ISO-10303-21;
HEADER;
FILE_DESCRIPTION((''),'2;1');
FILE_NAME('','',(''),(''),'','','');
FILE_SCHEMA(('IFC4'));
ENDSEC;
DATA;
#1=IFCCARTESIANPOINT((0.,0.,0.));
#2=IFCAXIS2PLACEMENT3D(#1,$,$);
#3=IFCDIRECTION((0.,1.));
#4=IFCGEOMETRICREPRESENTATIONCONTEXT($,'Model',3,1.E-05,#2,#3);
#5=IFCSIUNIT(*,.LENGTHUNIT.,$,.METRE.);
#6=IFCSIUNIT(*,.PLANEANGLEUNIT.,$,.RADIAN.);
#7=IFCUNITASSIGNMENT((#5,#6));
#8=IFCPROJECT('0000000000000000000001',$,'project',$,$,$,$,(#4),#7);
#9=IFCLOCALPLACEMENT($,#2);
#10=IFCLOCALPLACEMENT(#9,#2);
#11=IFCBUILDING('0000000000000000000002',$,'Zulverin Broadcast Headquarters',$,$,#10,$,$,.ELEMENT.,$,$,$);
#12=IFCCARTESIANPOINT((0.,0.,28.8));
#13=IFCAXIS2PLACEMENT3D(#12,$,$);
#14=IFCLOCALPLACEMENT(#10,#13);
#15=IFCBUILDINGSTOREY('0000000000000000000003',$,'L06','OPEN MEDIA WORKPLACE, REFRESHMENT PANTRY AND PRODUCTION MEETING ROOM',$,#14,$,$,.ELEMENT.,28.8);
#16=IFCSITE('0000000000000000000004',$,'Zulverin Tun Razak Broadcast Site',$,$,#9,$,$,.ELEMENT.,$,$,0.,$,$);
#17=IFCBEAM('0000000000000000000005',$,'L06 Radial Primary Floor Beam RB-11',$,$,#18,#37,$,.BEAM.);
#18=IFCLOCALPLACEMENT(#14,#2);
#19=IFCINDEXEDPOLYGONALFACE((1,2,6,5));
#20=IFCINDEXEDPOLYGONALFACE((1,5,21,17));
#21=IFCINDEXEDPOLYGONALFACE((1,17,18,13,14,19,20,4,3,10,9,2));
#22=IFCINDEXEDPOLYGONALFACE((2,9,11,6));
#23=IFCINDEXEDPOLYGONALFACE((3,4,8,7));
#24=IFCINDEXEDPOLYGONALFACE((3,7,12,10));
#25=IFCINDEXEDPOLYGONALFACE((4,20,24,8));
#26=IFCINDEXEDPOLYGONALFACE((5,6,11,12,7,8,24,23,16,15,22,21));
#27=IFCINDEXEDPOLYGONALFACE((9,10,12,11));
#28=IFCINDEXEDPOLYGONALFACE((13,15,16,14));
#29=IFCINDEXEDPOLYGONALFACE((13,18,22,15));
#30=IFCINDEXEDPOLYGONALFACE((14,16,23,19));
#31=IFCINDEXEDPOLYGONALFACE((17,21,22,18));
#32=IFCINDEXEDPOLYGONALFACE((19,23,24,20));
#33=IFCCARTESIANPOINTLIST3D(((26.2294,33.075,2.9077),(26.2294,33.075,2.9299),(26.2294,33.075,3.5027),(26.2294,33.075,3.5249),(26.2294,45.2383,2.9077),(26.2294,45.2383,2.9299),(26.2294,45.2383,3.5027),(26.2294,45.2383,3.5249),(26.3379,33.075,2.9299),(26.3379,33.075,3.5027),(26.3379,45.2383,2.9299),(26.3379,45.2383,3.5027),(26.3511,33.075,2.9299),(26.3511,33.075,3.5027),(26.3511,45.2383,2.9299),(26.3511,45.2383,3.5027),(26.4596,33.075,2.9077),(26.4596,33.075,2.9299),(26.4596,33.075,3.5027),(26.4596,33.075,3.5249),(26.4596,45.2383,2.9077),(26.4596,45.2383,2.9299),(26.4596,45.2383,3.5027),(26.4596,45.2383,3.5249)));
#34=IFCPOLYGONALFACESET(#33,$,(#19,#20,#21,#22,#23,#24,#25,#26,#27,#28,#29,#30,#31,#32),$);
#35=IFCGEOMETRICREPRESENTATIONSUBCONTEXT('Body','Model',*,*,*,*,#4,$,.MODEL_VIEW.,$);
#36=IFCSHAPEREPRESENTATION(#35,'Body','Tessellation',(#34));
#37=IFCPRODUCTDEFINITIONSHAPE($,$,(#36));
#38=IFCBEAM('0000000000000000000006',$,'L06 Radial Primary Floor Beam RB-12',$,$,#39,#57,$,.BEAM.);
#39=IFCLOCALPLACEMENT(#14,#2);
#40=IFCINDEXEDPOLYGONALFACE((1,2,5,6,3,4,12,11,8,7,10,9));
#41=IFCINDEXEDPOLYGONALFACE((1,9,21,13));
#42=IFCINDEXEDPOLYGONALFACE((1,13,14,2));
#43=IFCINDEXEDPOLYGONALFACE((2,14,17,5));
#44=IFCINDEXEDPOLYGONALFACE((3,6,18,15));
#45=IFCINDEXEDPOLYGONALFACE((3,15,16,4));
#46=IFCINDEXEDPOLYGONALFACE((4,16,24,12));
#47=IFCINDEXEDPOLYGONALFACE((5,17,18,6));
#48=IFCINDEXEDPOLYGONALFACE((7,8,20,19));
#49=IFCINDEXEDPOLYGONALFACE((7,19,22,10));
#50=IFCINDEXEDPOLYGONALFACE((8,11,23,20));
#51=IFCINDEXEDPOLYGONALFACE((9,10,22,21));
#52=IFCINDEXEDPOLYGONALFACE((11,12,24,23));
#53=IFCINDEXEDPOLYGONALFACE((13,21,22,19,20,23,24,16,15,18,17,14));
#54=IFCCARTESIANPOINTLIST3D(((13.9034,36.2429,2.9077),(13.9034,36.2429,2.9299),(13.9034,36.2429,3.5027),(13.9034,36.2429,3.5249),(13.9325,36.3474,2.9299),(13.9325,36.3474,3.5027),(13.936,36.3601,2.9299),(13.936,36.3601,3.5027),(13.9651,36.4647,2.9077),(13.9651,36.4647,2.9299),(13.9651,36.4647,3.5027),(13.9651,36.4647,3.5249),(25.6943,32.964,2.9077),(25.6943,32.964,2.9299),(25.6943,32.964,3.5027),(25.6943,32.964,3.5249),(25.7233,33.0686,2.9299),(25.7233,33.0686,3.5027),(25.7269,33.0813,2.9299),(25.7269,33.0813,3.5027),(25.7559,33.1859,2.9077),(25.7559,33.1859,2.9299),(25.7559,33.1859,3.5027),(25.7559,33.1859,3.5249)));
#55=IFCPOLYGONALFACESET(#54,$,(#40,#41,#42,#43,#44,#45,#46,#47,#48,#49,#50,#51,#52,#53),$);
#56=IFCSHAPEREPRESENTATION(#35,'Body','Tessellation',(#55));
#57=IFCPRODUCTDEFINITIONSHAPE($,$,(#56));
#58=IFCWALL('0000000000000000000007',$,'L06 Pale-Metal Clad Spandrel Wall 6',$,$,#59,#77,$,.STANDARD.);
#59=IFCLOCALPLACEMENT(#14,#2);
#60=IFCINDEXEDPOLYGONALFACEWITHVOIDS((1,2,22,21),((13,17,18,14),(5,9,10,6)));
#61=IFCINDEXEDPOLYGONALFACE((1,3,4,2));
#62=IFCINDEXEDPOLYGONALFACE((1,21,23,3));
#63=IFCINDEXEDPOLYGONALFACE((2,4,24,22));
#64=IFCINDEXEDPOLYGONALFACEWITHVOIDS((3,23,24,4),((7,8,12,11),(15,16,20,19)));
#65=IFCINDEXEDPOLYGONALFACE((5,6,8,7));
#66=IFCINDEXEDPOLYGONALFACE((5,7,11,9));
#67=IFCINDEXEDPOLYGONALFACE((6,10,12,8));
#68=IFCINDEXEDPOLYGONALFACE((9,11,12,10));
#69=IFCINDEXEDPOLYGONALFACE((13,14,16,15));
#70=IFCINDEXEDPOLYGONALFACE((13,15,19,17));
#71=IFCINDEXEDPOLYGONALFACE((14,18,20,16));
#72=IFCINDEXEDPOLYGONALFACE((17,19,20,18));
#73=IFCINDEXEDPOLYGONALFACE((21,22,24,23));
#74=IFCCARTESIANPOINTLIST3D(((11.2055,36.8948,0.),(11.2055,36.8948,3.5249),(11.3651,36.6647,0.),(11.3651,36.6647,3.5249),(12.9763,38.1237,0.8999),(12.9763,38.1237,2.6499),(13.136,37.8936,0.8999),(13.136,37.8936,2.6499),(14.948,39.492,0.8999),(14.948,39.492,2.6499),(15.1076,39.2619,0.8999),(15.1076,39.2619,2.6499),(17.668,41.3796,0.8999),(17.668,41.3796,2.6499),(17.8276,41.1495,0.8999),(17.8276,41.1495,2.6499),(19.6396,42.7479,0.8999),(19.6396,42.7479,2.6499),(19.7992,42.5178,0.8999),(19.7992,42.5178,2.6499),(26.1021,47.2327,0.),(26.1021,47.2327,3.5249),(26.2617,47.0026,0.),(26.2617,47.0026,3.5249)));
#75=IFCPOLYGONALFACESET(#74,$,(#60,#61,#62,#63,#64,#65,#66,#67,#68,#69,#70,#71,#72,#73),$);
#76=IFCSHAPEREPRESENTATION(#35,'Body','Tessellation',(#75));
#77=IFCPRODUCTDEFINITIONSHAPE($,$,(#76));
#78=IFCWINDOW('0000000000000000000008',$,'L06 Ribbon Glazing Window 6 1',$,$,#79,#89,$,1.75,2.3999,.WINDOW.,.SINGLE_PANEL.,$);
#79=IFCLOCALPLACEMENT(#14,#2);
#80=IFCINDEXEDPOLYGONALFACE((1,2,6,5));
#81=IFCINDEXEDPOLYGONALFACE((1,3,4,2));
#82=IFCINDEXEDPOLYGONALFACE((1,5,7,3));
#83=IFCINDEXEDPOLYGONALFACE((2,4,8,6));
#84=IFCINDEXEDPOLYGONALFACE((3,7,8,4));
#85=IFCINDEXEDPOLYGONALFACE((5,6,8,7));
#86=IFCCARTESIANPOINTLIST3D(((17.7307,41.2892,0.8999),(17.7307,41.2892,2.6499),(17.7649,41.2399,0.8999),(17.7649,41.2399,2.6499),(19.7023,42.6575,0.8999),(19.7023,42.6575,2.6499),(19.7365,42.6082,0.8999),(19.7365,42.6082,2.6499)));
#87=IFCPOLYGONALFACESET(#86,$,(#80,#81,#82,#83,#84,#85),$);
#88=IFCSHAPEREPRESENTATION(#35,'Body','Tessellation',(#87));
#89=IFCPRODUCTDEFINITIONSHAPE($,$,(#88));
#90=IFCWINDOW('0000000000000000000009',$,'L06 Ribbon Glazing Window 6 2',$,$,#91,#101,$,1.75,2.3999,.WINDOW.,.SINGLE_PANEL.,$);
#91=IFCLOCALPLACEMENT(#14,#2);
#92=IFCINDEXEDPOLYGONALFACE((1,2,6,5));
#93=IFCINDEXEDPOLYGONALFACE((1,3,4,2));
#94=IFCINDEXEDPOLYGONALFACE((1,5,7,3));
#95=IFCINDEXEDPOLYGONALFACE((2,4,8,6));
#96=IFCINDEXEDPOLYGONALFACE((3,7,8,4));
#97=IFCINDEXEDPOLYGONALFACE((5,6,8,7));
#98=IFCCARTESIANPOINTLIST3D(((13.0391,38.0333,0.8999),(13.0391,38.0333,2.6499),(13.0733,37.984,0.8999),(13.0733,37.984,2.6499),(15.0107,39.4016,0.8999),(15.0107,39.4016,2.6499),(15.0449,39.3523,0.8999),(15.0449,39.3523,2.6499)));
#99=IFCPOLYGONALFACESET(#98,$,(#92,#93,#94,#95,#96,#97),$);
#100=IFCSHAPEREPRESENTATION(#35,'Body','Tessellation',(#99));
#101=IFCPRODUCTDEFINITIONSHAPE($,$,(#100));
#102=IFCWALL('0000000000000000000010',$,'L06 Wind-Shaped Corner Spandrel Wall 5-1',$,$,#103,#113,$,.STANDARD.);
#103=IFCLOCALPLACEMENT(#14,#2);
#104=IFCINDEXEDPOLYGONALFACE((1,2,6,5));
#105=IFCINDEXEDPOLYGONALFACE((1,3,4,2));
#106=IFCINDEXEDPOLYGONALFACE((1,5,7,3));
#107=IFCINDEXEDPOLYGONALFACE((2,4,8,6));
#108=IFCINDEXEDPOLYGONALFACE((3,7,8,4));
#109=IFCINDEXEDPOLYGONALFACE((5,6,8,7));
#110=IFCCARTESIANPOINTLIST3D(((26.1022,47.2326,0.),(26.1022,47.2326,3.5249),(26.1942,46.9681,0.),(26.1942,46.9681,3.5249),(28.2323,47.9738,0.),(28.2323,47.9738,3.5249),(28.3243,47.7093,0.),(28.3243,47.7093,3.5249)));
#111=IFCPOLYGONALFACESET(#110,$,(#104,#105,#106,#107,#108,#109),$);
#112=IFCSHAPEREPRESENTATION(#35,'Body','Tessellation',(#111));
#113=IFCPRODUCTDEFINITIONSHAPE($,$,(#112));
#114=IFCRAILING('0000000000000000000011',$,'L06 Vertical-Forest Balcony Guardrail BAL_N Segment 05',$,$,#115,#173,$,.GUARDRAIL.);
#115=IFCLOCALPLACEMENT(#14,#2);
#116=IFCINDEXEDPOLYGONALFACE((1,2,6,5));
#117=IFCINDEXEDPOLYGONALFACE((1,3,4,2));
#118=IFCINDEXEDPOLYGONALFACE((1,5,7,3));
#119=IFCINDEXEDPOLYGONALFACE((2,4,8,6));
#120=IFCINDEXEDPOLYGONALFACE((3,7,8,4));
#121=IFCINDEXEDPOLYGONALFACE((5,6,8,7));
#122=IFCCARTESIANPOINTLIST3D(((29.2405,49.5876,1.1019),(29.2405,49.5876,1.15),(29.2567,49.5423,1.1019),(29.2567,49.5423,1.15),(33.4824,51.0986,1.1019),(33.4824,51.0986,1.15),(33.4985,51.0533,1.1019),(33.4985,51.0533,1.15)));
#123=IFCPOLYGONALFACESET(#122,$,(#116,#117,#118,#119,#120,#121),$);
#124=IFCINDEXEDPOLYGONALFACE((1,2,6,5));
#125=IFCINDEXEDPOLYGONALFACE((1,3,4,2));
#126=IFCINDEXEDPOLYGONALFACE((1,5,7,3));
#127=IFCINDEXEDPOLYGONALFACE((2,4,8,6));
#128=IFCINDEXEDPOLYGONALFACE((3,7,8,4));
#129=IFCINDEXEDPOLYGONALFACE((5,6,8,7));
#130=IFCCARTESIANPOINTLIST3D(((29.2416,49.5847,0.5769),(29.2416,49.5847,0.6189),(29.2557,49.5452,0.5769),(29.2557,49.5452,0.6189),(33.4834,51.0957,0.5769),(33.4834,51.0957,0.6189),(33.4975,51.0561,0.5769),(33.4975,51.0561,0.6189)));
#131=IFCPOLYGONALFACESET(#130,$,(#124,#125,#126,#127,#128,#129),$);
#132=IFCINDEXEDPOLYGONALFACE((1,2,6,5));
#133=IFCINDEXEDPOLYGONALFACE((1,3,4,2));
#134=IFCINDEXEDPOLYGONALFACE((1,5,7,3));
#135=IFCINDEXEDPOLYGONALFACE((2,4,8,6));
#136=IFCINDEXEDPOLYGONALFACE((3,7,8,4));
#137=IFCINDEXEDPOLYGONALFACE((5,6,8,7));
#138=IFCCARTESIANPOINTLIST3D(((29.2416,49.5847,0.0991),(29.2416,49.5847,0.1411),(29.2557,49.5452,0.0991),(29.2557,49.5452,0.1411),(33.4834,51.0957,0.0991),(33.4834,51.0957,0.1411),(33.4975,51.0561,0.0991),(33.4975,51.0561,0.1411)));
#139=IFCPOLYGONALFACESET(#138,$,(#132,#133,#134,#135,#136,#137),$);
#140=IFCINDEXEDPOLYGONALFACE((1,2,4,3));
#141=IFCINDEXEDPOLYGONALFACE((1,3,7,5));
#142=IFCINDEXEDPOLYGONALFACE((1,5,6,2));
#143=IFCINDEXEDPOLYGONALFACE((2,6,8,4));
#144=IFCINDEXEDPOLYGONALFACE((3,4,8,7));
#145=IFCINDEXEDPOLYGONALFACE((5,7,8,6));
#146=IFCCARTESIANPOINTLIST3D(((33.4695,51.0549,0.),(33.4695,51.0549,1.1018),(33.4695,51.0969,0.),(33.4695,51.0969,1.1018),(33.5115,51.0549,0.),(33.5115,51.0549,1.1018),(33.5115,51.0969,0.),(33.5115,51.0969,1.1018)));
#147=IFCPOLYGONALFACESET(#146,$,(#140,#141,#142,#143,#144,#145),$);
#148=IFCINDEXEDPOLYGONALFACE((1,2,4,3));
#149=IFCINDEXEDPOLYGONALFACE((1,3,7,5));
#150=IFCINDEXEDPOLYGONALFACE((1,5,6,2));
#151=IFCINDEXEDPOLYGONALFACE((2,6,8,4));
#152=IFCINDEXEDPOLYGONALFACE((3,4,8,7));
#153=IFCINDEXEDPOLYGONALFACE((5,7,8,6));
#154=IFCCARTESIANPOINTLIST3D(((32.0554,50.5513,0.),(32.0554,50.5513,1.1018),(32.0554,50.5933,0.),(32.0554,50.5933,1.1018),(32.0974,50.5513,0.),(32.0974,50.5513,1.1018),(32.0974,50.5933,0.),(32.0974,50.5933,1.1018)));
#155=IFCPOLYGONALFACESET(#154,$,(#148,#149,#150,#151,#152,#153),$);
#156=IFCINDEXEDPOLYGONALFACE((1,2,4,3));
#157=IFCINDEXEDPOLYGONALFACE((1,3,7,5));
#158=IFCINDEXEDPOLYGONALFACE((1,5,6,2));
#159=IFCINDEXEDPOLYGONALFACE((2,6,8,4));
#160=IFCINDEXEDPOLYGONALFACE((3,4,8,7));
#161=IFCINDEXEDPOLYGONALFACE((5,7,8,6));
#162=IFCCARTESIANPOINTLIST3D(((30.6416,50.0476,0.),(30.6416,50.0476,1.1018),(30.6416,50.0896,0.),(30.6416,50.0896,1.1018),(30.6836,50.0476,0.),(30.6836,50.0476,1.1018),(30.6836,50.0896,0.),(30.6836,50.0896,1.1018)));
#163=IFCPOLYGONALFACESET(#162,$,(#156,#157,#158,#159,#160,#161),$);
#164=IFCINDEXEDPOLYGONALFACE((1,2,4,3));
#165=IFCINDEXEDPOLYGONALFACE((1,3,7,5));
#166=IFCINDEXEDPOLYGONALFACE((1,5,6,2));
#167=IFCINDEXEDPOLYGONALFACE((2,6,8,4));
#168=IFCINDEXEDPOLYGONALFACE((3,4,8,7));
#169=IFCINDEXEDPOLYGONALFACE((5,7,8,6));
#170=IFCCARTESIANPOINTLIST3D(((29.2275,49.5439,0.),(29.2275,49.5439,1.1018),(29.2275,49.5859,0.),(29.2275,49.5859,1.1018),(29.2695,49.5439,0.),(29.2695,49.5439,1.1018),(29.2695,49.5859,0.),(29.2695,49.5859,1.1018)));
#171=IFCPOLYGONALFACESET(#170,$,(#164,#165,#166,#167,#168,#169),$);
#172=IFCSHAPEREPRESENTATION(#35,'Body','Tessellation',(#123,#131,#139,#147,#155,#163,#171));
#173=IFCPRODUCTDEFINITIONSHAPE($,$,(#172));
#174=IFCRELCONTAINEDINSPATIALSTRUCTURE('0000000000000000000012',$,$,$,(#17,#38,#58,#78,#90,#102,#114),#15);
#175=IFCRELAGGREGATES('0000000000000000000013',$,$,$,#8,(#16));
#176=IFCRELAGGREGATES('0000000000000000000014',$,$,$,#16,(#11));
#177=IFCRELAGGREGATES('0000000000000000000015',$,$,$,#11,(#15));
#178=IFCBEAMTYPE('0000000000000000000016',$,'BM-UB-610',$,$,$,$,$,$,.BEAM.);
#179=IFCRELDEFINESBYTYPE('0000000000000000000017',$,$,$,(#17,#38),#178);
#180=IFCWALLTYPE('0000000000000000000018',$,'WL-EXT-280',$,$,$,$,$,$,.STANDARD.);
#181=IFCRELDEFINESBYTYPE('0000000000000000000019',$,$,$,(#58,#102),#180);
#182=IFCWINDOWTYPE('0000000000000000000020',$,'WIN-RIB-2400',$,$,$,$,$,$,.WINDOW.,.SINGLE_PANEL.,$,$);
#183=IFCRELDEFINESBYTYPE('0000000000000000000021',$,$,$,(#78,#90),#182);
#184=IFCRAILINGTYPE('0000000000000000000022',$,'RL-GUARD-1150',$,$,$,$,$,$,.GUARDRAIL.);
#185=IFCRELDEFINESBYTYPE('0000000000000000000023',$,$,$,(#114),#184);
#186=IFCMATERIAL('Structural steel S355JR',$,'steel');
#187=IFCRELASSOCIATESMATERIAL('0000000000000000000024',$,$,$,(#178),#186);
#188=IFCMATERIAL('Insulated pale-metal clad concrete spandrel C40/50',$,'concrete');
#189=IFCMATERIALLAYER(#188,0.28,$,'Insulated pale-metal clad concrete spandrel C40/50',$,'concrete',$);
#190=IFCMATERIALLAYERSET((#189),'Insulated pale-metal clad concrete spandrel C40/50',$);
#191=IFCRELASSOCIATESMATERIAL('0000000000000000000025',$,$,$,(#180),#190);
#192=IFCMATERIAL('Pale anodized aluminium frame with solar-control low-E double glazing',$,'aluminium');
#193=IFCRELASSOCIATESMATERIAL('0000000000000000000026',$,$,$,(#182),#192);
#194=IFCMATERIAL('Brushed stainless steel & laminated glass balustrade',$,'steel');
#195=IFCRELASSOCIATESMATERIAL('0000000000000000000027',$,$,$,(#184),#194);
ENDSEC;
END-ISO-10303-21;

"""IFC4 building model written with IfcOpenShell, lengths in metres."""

from ifc_helpers import new_model, si_unit, direction, frame, frame_2d, origin, origin_2d, place, context, subcontext, project, spatial, rectangle, i_section, extrude, material, layer, layer_set, material_profile, profile_set, type_object, element, fill, save


model = new_model("IFC4")

# Units and contexts
model_context = context("Model", 3, precision=1e-05, world=origin(), true_north=direction((0.0, 1.0)))
body_context = subcontext(model_context, "Body", "Model", "MODEL_VIEW")
ifc_project = project(units=[si_unit("LENGTHUNIT", "METRE"), si_unit("PLANEANGLEUNIT", "RADIAN")], contexts=[model_context])

# Site, building, storey
site_placement = place(None, origin())
site = spatial("IfcSite", under=ifc_project, at=site_placement, Name="Zulverin Tun Razak Broadcast Site", CompositionType="ELEMENT", RefElevation=0.0)
building_placement = place(site_placement, origin())
building = spatial("IfcBuilding", under=site, at=building_placement, Name="Zulverin Broadcast Headquarters", CompositionType="ELEMENT")
storey_placement = place(building_placement, frame((0.0, 0.0, 28.8)))
storey = spatial("IfcBuildingStorey", under=building, at=storey_placement, Name="L06", Description="OPEN MEDIA WORKPLACE, REFRESHMENT PANTRY AND PRODUCTION MEETING ROOM", CompositionType="ELEMENT", Elevation=28.8)

# Beams
ifc_material_1 = material(Name="Structural steel S355JR", Category="steel")
ifc_material_profile_1 = material_profile(ifc_material_1, i_section(OverallWidth=0.2302, OverallDepth=0.6172, WebThickness=0.0132, FlangeThickness=0.0222, at=origin_2d()), Name="Structural steel S355JR", Category="steel")
ifc_profile_set_1 = profile_set([ifc_material_profile_1], Name="Structural steel S355JR")
beam_type_1 = type_object("IfcBeamType", Name="BM-UB-610", PredefinedType="BEAM", material=ifc_profile_set_1)
beam_1_placement = place(storey_placement, frame((26.3445, 33.075, 3.2163), z_axis=(0.0, 1.0, 0.0), x_axis=(-1.0, 0.0, 0.0)))
element("IfcBeam", 1, at=beam_1_placement, inside=storey, type_object=beam_type_1, Name="L06 Radial Primary Floor Beam RB-11", PredefinedType="BEAM", context=body_context, shape_type="SweptSolid", body=[
    extrude(i_section(OverallWidth=0.2302, OverallDepth=0.6172, WebThickness=0.0132, FlangeThickness=0.0222, at=origin_2d()), origin(), (0.0, 0.0, 1.0), 12.1633),
])
beam_2_placement = place(storey_placement, frame((25.7251, 33.075, 3.2163), z_axis=(-0.963442, 0.267917, 0.0), x_axis=(-0.267917, -0.963442, 0.0)))
element("IfcBeam", 2, at=beam_2_placement, inside=storey, type_object=beam_type_1, Name="L06 Radial Primary Floor Beam RB-12", PredefinedType="BEAM", context=body_context, shape_type="SweptSolid", body=[
    extrude(i_section(OverallWidth=0.2302, OverallDepth=0.6172, WebThickness=0.0132, FlangeThickness=0.0222, at=origin_2d()), origin(), (0.0, 0.0, 1.0), 12.2383),
])

# Wall, openings, windows
ifc_material_2 = material(Name="Insulated pale-metal clad concrete spandrel C40/50", Category="concrete")
ifc_layer = layer(ifc_material_2, 0.28, Name="Insulated pale-metal clad concrete spandrel C40/50", Category="concrete")
ifc_layer_set = layer_set([ifc_layer], Name="Insulated pale-metal clad concrete spandrel C40/50")
wall_type = type_object("IfcWallType", Name="WL-EXT-280", PredefinedType="STANDARD", material=ifc_layer_set)
wall_1_placement = place(storey_placement, frame((26.1819, 47.1177, 0.0), z_axis=(0.0, 0.0, 1.0), x_axis=(-0.821548, -0.570139, 0.0)))
wall_1 = element("IfcWall", 3, at=wall_1_placement, inside=storey, type_object=wall_type, Name="L06 Pale-Metal Clad Spandrel Wall 6", PredefinedType="STANDARD", context=body_context, shape_type="SweptSolid", body=[
    extrude(rectangle(XDim=18.1323, YDim=0.28, at=frame_2d((9.0662, 0.0))), origin(), (0.0, 0.0, 1.0), 3.5249),
])
opening_1_placement = place(wall_1_placement, frame((7.8662, 0.0, 0.8999)))
opening_1 = element("IfcOpeningElement", 4, at=opening_1_placement, cuts=wall_1, PredefinedType="OPENING", context=body_context, shape_type="SweptSolid", body=[
    extrude(rectangle(XDim=2.3999, YDim=1.75, at=frame_2d((1.2, 0.875))), frame((0.0, 0.1499, 0.0), z_axis=(0.0, -1.0, 0.0), x_axis=(1.0, 0.0, 0.0)), (0.0, 0.0, 1.0), 0.3),
])
opening_2_placement = place(wall_1_placement, frame((13.5769, 0.0, 0.8999)))
opening_2 = element("IfcOpeningElement", 5, at=opening_2_placement, cuts=wall_1, PredefinedType="OPENING", context=body_context, shape_type="SweptSolid", body=[
    extrude(rectangle(XDim=2.3999, YDim=1.75, at=frame_2d((1.2, 0.875))), frame((0.0, 0.1499, 0.0), z_axis=(0.0, -1.0, 0.0), x_axis=(1.0, 0.0, 0.0)), (0.0, 0.0, 1.0), 0.3),
])
ifc_material_3 = material(Name="Pale anodized aluminium frame with solar-control low-E double glazing", Category="aluminium")
window_type = type_object("IfcWindowType", Name="WIN-RIB-2400", PartitioningType="SINGLE_PANEL", PredefinedType="WINDOW", material=ifc_material_3)
window_1_placement = place(opening_1_placement, origin())
window_1 = element("IfcWindow", 6, at=window_1_placement, inside=storey, type_object=window_type, Name="L06 Ribbon Glazing Window 6 1", OverallHeight=1.75, OverallWidth=2.3999, PartitioningType="SINGLE_PANEL", PredefinedType="WINDOW", context=body_context, shape_type="SweptSolid", body=[
    extrude(rectangle(XDim=2.3999, YDim=1.75, at=frame_2d((1.2, 0.875))), frame((0.0, 0.03, 0.0), z_axis=(0.0, -1.0, 0.0), x_axis=(1.0, 0.0, 0.0)), (0.0, 0.0, 1.0), 0.0601),
])
fill(opening_1, window_1)
window_2_placement = place(opening_2_placement, origin())
window_2 = element("IfcWindow", 7, at=window_2_placement, inside=storey, type_object=window_type, Name="L06 Ribbon Glazing Window 6 2", OverallHeight=1.75, OverallWidth=2.3999, PartitioningType="SINGLE_PANEL", PredefinedType="WINDOW", context=body_context, shape_type="SweptSolid", body=[
    extrude(rectangle(XDim=2.3999, YDim=1.75, at=frame_2d((1.2, 0.875))), frame((0.0, 0.03, 0.0), z_axis=(0.0, -1.0, 0.0), x_axis=(1.0, 0.0, 0.0)), (0.0, 0.0, 1.0), 0.0601),
])
fill(opening_2, window_2)

# Wall
wall_2_placement = place(storey_placement, frame((28.2783, 47.8416, 0.0), z_axis=(0.0, 0.0, 1.0), x_axis=(-0.944456, -0.328638, 0.0)))
element("IfcWall", 8, at=wall_2_placement, inside=storey, type_object=wall_type, Name="L06 Wind-Shaped Corner Spandrel Wall 5-1", PredefinedType="STANDARD", context=body_context, shape_type="SweptSolid", body=[
    extrude(rectangle(XDim=2.2554, YDim=0.28, at=frame_2d((1.1277, 0.0))), origin(), (0.0, 0.0, 1.0), 3.5249),
])

# Railing
ifc_material_4 = material(Name="Brushed stainless steel & laminated glass balustrade", Category="steel")
railing_type = type_object("IfcRailingType", Name="RL-GUARD-1150", PredefinedType="GUARDRAIL", material=ifc_material_4)
railing_1_placement = place(storey_placement, frame((33.4905, 51.0759, 0.0)))
element("IfcRailing", 9, at=railing_1_placement, inside=storey, type_object=railing_type, Name="L06 Vertical-Forest Balcony Guardrail BAL_N Segment 05", PredefinedType="GUARDRAIL", context=body_context, shape_type="SweptSolid", body=[
    extrude(rectangle(XDim=0.0481, YDim=0.0481, at=origin_2d()), frame((0.0, 0.0, 1.126), z_axis=(-0.942022, -0.33555, 0.0), x_axis=(0.33555, -0.942022, 0.0)), (0.0, 0.0, 1.0), 4.5029),
    extrude(rectangle(XDim=0.042, YDim=0.042, at=origin_2d()), frame((0.0, 0.0, 0.5979), z_axis=(-0.942022, -0.33555, 0.0), x_axis=(0.33555, -0.942022, 0.0)), (0.0, 0.0, 1.0), 4.5029),
    extrude(rectangle(XDim=0.042, YDim=0.042, at=origin_2d()), frame((0.0, 0.0, 0.1201), z_axis=(-0.942022, -0.33555, 0.0), x_axis=(0.33555, -0.942022, 0.0)), (0.0, 0.0, 1.0), 4.5029),
    extrude(rectangle(XDim=0.042, YDim=0.042, at=origin_2d()), origin(), (0.0, 0.0, 1.0), 1.1018),
    extrude(rectangle(XDim=0.042, YDim=0.042, at=origin_2d()), frame((-1.4141, -0.5037, 0.0)), (0.0, 0.0, 1.0), 1.1018),
    extrude(rectangle(XDim=0.042, YDim=0.042, at=origin_2d()), frame((-2.8279, -1.0073, 0.0)), (0.0, 0.0, 1.0), 1.1018),
    extrude(rectangle(XDim=0.042, YDim=0.042, at=origin_2d()), frame((-4.2419, -1.511, 0.0)), (0.0, 0.0, 1.0), 1.1018),
])

save(model, "model.ifc")
